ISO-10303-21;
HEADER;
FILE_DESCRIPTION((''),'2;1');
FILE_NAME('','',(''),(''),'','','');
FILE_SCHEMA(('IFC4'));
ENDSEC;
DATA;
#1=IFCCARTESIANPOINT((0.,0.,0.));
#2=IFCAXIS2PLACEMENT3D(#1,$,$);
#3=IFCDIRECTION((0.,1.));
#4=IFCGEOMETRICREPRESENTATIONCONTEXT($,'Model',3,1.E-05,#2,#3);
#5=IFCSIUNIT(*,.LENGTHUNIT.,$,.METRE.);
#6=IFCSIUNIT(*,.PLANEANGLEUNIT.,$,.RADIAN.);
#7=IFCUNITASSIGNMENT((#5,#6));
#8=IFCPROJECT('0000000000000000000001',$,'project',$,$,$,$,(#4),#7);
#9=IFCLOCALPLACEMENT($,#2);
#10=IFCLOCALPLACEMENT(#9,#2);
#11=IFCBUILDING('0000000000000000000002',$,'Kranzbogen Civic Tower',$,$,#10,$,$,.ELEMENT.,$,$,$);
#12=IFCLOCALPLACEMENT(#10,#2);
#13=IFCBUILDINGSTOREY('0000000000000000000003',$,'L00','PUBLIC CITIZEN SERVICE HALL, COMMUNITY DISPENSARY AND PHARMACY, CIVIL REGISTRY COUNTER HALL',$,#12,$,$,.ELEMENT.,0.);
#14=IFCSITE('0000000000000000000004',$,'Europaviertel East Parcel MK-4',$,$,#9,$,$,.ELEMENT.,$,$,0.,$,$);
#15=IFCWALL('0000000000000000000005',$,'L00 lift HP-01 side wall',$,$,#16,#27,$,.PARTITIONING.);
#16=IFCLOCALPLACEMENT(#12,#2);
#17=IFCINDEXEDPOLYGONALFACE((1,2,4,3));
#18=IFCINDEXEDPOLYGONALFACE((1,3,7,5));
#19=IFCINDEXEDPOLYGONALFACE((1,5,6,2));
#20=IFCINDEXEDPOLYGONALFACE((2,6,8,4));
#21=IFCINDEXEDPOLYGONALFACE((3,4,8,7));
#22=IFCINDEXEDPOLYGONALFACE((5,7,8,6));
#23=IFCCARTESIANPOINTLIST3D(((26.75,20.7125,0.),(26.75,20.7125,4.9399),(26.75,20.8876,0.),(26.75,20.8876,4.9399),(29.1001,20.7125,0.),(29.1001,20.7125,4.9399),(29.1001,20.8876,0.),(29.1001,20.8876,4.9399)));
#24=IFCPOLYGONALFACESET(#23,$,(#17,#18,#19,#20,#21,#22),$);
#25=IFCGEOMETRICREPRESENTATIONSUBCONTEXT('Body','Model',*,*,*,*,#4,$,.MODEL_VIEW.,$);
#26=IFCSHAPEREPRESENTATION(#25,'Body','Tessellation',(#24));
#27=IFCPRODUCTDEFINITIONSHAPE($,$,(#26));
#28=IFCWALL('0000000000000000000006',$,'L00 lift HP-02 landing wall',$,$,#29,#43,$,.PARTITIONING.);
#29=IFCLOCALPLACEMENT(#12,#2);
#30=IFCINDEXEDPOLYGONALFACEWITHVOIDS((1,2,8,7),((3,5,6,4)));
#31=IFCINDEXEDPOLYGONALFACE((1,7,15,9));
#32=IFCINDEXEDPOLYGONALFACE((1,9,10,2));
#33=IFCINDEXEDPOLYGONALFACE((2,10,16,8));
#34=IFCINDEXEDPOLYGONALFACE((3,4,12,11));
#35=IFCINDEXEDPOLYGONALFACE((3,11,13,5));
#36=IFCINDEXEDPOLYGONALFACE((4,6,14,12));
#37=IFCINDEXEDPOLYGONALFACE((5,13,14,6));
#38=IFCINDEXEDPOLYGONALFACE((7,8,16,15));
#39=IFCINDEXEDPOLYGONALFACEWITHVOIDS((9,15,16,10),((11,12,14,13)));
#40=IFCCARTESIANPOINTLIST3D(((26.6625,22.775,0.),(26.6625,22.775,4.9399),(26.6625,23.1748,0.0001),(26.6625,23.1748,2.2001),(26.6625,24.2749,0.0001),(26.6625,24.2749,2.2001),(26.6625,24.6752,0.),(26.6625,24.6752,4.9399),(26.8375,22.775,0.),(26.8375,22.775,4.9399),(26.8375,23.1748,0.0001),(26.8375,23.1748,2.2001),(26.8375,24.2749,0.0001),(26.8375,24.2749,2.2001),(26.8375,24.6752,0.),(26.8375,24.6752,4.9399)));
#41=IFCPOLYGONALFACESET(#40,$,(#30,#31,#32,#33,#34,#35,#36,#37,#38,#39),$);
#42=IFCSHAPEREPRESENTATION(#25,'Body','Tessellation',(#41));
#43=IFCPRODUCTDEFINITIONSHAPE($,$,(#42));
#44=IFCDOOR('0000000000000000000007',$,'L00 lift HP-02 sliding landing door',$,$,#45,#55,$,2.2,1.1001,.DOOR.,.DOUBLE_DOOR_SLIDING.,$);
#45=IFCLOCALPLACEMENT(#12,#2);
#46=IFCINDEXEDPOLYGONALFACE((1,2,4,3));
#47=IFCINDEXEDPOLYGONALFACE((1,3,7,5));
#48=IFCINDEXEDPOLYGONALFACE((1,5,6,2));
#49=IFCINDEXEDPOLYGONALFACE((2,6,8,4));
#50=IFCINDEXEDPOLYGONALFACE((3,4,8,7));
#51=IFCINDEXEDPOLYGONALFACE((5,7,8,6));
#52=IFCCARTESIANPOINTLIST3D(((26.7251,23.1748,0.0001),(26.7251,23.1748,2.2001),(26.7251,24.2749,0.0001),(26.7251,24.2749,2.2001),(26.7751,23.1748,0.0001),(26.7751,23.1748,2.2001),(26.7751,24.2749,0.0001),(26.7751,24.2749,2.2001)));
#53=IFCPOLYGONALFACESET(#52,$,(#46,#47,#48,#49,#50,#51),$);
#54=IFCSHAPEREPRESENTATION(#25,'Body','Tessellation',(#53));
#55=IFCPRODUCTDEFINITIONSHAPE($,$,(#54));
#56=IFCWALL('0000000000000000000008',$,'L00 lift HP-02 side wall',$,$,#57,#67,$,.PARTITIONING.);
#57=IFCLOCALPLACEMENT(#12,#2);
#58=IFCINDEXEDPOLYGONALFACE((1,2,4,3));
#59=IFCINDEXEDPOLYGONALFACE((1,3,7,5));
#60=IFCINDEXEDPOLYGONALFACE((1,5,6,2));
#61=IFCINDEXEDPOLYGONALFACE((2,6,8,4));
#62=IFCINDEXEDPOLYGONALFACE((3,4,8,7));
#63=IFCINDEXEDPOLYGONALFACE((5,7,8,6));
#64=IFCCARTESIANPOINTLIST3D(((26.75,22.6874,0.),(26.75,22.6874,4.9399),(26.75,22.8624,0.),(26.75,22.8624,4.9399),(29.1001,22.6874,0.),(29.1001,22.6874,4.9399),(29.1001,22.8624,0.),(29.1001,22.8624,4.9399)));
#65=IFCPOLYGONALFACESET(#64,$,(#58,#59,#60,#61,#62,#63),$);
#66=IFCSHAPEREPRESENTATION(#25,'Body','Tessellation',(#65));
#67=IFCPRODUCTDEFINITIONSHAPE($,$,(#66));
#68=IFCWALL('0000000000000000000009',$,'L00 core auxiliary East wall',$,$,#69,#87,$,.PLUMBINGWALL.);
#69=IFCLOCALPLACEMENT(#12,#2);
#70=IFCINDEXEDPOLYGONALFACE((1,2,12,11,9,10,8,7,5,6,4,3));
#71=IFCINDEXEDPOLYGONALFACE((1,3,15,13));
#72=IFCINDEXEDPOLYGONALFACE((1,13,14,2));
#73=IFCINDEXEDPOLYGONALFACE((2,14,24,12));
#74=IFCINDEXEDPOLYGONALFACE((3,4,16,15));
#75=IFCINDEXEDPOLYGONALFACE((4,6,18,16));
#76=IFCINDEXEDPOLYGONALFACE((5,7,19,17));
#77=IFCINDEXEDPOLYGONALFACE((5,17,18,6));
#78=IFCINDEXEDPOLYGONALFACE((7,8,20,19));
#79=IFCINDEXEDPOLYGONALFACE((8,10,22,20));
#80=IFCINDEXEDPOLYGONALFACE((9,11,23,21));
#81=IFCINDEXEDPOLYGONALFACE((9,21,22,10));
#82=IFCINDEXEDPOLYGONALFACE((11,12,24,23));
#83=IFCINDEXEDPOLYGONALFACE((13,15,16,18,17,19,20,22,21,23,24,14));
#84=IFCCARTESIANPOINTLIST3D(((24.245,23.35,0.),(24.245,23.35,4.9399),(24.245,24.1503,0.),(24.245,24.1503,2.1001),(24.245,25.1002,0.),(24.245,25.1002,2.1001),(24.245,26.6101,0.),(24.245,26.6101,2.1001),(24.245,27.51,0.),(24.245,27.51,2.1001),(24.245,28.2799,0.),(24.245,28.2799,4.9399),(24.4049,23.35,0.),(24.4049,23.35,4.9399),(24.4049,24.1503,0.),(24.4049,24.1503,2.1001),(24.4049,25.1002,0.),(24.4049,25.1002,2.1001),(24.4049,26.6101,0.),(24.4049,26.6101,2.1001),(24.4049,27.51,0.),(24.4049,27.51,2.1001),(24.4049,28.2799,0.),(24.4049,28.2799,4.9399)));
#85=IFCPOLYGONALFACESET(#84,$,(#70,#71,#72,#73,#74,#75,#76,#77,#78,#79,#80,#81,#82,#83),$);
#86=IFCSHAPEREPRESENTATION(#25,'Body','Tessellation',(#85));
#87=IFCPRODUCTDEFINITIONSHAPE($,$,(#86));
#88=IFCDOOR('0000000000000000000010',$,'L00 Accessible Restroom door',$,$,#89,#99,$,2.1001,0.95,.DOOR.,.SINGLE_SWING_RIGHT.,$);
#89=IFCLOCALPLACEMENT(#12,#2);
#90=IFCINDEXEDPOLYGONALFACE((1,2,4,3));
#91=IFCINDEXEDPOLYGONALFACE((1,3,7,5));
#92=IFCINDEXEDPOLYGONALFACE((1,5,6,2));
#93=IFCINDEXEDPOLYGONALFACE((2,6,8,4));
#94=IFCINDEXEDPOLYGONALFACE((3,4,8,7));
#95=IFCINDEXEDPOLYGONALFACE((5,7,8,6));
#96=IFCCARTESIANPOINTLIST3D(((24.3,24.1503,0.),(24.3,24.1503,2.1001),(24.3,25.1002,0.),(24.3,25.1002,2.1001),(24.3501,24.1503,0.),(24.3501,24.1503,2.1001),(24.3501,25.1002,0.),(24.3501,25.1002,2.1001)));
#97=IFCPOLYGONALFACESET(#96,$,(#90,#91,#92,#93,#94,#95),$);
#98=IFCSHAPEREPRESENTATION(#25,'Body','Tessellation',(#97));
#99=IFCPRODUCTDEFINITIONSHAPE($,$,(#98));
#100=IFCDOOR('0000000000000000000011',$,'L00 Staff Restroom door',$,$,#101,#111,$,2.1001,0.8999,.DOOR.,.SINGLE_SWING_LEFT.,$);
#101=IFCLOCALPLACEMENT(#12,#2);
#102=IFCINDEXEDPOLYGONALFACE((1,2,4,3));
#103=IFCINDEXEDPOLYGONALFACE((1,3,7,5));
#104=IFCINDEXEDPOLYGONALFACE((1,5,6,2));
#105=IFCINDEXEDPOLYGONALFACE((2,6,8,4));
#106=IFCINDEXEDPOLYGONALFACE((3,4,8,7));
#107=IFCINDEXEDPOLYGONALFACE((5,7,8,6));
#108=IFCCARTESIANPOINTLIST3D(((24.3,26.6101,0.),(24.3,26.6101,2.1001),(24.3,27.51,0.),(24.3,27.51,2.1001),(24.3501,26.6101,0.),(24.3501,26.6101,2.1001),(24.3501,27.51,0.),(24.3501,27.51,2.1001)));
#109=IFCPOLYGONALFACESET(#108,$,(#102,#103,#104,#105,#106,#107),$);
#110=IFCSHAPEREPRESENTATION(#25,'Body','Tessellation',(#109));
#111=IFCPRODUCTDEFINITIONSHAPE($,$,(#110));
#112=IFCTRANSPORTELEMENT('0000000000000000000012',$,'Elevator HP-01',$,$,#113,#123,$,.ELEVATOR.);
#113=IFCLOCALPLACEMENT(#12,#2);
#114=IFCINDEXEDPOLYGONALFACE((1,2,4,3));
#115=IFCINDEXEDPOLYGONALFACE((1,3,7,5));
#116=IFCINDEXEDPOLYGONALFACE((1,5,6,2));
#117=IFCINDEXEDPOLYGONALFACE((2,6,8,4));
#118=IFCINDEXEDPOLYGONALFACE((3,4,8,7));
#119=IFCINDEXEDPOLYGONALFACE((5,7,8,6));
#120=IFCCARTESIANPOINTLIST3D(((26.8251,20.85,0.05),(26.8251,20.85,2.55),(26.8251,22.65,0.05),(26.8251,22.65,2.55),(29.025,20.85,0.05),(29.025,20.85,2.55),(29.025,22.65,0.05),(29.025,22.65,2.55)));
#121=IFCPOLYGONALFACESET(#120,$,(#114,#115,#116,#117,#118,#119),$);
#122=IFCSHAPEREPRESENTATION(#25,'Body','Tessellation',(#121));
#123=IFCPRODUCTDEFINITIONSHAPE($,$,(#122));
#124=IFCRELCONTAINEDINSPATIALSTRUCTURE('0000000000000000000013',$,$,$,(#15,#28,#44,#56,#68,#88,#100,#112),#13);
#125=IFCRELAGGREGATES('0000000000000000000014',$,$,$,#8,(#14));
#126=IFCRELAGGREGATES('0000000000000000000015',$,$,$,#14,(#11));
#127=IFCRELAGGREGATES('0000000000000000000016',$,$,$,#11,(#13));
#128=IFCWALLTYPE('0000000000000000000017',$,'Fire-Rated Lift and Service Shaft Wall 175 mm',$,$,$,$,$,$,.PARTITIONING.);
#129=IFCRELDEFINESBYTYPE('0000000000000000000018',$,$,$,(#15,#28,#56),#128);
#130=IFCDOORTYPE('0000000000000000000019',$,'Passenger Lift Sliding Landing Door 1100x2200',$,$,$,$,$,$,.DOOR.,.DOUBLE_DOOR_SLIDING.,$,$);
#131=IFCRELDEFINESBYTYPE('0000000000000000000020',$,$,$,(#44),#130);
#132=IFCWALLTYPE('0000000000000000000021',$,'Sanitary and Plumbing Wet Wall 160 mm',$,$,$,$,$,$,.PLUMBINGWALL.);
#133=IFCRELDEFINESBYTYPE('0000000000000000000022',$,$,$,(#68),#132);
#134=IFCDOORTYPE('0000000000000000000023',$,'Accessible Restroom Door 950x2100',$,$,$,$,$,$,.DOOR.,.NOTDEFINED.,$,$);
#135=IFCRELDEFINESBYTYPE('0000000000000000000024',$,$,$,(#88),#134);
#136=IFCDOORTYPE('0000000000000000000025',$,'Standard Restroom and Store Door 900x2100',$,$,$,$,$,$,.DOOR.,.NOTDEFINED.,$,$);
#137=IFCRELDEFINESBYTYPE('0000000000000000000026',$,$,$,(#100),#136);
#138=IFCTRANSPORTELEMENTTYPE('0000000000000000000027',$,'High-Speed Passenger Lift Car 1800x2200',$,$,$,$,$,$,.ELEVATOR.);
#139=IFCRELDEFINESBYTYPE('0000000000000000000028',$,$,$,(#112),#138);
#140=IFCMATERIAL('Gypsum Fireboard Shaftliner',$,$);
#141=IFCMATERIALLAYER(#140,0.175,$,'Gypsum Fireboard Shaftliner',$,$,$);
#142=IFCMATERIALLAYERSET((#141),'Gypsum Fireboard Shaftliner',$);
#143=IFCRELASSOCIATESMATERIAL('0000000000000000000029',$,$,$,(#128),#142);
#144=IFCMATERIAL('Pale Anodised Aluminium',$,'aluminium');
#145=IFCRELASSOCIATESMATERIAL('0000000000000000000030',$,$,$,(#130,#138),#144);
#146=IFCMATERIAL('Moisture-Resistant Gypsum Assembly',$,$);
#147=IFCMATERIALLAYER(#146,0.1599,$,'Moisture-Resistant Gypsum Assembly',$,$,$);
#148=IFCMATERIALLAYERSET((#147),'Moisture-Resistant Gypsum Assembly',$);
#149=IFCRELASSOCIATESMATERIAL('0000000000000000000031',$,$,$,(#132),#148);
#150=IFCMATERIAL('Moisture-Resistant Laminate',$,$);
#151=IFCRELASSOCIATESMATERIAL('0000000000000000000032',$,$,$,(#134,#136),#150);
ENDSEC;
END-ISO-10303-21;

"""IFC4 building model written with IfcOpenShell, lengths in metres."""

from ifc_helpers import new_model, si_unit, direction, frame, frame_2d, origin, origin_2d, place, context, subcontext, project, spatial, rectangle, extrude, material, layer, layer_set, type_object, element, fill, save


model = new_model("IFC4")

# Units and contexts
model_context = context("Model", 3, precision=1e-05, world=origin(), true_north=direction((0.0, 1.0)))
body_context = subcontext(model_context, "Body", "Model", "MODEL_VIEW")
ifc_project = project(units=[si_unit("LENGTHUNIT", "METRE"), si_unit("PLANEANGLEUNIT", "RADIAN")], contexts=[model_context])

# Site, building, storey
site_placement = place(None, origin())
site = spatial("IfcSite", under=ifc_project, at=site_placement, Name="Europaviertel East Parcel MK-4", CompositionType="ELEMENT", RefElevation=0.0)
building_placement = place(site_placement, origin())
building = spatial("IfcBuilding", under=site, at=building_placement, Name="Kranzbogen Civic Tower", CompositionType="ELEMENT")
storey_placement = place(building_placement, origin())
storey = spatial("IfcBuildingStorey", under=building, at=storey_placement, Name="L00", Description="PUBLIC CITIZEN SERVICE HALL, COMMUNITY DISPENSARY AND PHARMACY, CIVIL REGISTRY COUNTER HALL", CompositionType="ELEMENT", Elevation=0.0)

# Shared definitions
ifc_material_1 = material(Name="Gypsum Fireboard Shaftliner")
ifc_layer_1 = layer(ifc_material_1, 0.175, Name="Gypsum Fireboard Shaftliner")
ifc_layer_set_1 = layer_set([ifc_layer_1], Name="Gypsum Fireboard Shaftliner")
wall_type_1 = type_object("IfcWallType", Name="Fire-Rated Lift and Service Shaft Wall 175 mm", PredefinedType="PARTITIONING", material=ifc_layer_set_1)

# Shared definitions
ifc_material_2 = material(Name="Pale Anodised Aluminium", Category="aluminium")
door_type_1 = type_object("IfcDoorType", Name="Passenger Lift Sliding Landing Door 1100x2200", OperationType="DOUBLE_DOOR_SLIDING", PredefinedType="DOOR", material=ifc_material_2)

# Wall
wall_1_placement = place(storey_placement, frame((26.75, 20.8, 0.0), z_axis=(0.0, 0.0, 1.0), x_axis=(1.0, 0.0, 0.0)))
element("IfcWall", 1, at=wall_1_placement, inside=storey, type_object=wall_type_1, Name="L00 lift HP-01 side wall", PredefinedType="PARTITIONING", context=body_context, shape_type="SweptSolid", body=[
    extrude(rectangle(XDim=2.3501, YDim=0.175, at=frame_2d((1.175, 0.0))), origin(), (0.0, 0.0, 1.0), 4.9399),
])

# Wall, opening, door
wall_2_placement = place(storey_placement, frame((26.75, 22.7749, 0.0), z_axis=(0.0, 0.0, 1.0), x_axis=(0.0, 1.0, 0.0)))
wall_2 = element("IfcWall", 2, at=wall_2_placement, inside=storey, type_object=wall_type_1, Name="L00 lift HP-02 landing wall", PredefinedType="PARTITIONING", context=body_context, shape_type="SweptSolid", body=[
    extrude(rectangle(XDim=1.9001, YDim=0.175, at=frame_2d((0.9502, 0.0))), origin(), (0.0, 0.0, 1.0), 4.9399),
])
opening_1_placement = place(wall_2_placement, frame((0.3999, 0.0, 0.0)))
opening_1 = element("IfcOpeningElement", 3, at=opening_1_placement, cuts=wall_2, PredefinedType="OPENING", context=body_context, shape_type="SweptSolid", body=[
    extrude(rectangle(XDim=1.1001, YDim=2.2, at=frame_2d((0.55, 1.1001))), frame((0.0, 0.0977, 0.0), z_axis=(0.0, -1.0, 0.0), x_axis=(1.0, 0.0, 0.0)), (0.0, 0.0, 1.0), 0.1951),
])
door_1_placement = place(opening_1_placement, origin())
door_1 = element("IfcDoor", 4, at=door_1_placement, inside=storey, type_object=door_type_1, Name="L00 lift HP-02 sliding landing door", OperationType="DOUBLE_DOOR_SLIDING", OverallHeight=2.2, OverallWidth=1.1001, PredefinedType="DOOR", context=body_context, shape_type="SweptSolid", body=[
    extrude(rectangle(XDim=1.1001, YDim=2.2, at=frame_2d((0.55, 1.1001))), frame((0.0, 0.0249, 0.0), z_axis=(0.0, -1.0, 0.0), x_axis=(1.0, 0.0, 0.0)), (0.0, 0.0, 1.0), 0.05),
])
fill(opening_1, door_1)

# Wall
wall_3_placement = place(storey_placement, frame((26.75, 22.7749, 0.0), z_axis=(0.0, 0.0, 1.0), x_axis=(1.0, 0.0, 0.0)))
element("IfcWall", 5, at=wall_3_placement, inside=storey, type_object=wall_type_1, Name="L00 lift HP-02 side wall", PredefinedType="PARTITIONING", context=body_context, shape_type="SweptSolid", body=[
    extrude(rectangle(XDim=2.3501, YDim=0.175, at=frame_2d((1.175, 0.0))), origin(), (0.0, 0.0, 1.0), 4.9399),
])

# Wall, openings, doors
ifc_material_3 = material(Name="Moisture-Resistant Gypsum Assembly")
ifc_layer_2 = layer(ifc_material_3, 0.1599, Name="Moisture-Resistant Gypsum Assembly")
ifc_layer_set_2 = layer_set([ifc_layer_2], Name="Moisture-Resistant Gypsum Assembly")
wall_type_2 = type_object("IfcWallType", Name="Sanitary and Plumbing Wet Wall 160 mm", PredefinedType="PLUMBINGWALL", material=ifc_layer_set_2)
wall_4_placement = place(storey_placement, frame((24.325, 23.3501, 0.0), z_axis=(0.0, 0.0, 1.0), x_axis=(0.0, 1.0, 0.0)))
wall_4 = element("IfcWall", 6, at=wall_4_placement, inside=storey, type_object=wall_type_2, Name="L00 core auxiliary East wall", PredefinedType="PLUMBINGWALL", context=body_context, shape_type="SweptSolid", body=[
    extrude(rectangle(XDim=4.9299, YDim=0.1599, at=frame_2d((2.4648, 0.0))), origin(), (0.0, 0.0, 1.0), 4.9399),
])
opening_2_placement = place(wall_4_placement, frame((0.8, 0.0, 0.0)))
opening_2 = element("IfcOpeningElement", 7, at=opening_2_placement, cuts=wall_4, PredefinedType="OPENING", context=body_context, shape_type="SweptSolid", body=[
    extrude(rectangle(XDim=0.95, YDim=2.1001, at=frame_2d((0.4751, 1.05))), frame((0.0, 0.0898, 0.0), z_axis=(0.0, -1.0, 0.0), x_axis=(1.0, 0.0, 0.0)), (0.0, 0.0, 1.0), 0.1799),
])
opening_3_placement = place(wall_4_placement, frame((3.26, 0.0, 0.0)))
opening_3 = element("IfcOpeningElement", 8, at=opening_3_placement, cuts=wall_4, PredefinedType="OPENING", context=body_context, shape_type="SweptSolid", body=[
    extrude(rectangle(XDim=0.8999, YDim=2.1001, at=frame_2d((0.45, 1.05))), frame((0.0, 0.0898, 0.0), z_axis=(0.0, -1.0, 0.0), x_axis=(1.0, 0.0, 0.0)), (0.0, 0.0, 1.0), 0.1799),
])
ifc_material_4 = material(Name="Moisture-Resistant Laminate")
door_type_2 = type_object("IfcDoorType", Name="Accessible Restroom Door 950x2100", OperationType="NOTDEFINED", PredefinedType="DOOR", material=ifc_material_4)
door_2_placement = place(opening_2_placement, origin())
door_2 = element("IfcDoor", 9, at=door_2_placement, inside=storey, type_object=door_type_2, Name="L00 Accessible Restroom door", OperationType="SINGLE_SWING_RIGHT", OverallHeight=2.1001, OverallWidth=0.95, PredefinedType="DOOR", context=body_context, shape_type="SweptSolid", body=[
    extrude(rectangle(XDim=0.95, YDim=2.1001, at=frame_2d((0.4751, 1.05))), frame((0.0, 0.0249, 0.0), z_axis=(0.0, -1.0, 0.0), x_axis=(1.0, 0.0, 0.0)), (0.0, 0.0, 1.0), 0.05),
])
fill(opening_2, door_2)
door_type_3 = type_object("IfcDoorType", Name="Standard Restroom and Store Door 900x2100", OperationType="NOTDEFINED", PredefinedType="DOOR", material=ifc_material_4)
door_3_placement = place(opening_3_placement, origin())
door_3 = element("IfcDoor", 10, at=door_3_placement, inside=storey, type_object=door_type_3, Name="L00 Staff Restroom door", OperationType="SINGLE_SWING_LEFT", OverallHeight=2.1001, OverallWidth=0.8999, PredefinedType="DOOR", context=body_context, shape_type="SweptSolid", body=[
    extrude(rectangle(XDim=0.8999, YDim=2.1001, at=frame_2d((0.45, 1.05))), frame((0.0, 0.0249, 0.0), z_axis=(0.0, -1.0, 0.0), x_axis=(1.0, 0.0, 0.0)), (0.0, 0.0, 1.0), 0.05),
])
fill(opening_3, door_3)

# Transport element
transport_element_type = type_object("IfcTransportElementType", Name="High-Speed Passenger Lift Car 1800x2200", PredefinedType="ELEVATOR", material=ifc_material_2)
transport_element_placement = place(storey_placement, frame((27.925, 21.75, 0.05), z_axis=(0.0, 0.0, 1.0), x_axis=(1.0, 0.0, 0.0)))
element("IfcTransportElement", 11, at=transport_element_placement, inside=storey, type_object=transport_element_type, Name="Elevator HP-01", PredefinedType="ELEVATOR", context=body_context, shape_type="SweptSolid", body=[
    extrude(rectangle(XDim=2.2, YDim=1.8, at=origin_2d()), origin(), (0.0, 0.0, 1.0), 2.5),
])

save(model, "model.ifc")
